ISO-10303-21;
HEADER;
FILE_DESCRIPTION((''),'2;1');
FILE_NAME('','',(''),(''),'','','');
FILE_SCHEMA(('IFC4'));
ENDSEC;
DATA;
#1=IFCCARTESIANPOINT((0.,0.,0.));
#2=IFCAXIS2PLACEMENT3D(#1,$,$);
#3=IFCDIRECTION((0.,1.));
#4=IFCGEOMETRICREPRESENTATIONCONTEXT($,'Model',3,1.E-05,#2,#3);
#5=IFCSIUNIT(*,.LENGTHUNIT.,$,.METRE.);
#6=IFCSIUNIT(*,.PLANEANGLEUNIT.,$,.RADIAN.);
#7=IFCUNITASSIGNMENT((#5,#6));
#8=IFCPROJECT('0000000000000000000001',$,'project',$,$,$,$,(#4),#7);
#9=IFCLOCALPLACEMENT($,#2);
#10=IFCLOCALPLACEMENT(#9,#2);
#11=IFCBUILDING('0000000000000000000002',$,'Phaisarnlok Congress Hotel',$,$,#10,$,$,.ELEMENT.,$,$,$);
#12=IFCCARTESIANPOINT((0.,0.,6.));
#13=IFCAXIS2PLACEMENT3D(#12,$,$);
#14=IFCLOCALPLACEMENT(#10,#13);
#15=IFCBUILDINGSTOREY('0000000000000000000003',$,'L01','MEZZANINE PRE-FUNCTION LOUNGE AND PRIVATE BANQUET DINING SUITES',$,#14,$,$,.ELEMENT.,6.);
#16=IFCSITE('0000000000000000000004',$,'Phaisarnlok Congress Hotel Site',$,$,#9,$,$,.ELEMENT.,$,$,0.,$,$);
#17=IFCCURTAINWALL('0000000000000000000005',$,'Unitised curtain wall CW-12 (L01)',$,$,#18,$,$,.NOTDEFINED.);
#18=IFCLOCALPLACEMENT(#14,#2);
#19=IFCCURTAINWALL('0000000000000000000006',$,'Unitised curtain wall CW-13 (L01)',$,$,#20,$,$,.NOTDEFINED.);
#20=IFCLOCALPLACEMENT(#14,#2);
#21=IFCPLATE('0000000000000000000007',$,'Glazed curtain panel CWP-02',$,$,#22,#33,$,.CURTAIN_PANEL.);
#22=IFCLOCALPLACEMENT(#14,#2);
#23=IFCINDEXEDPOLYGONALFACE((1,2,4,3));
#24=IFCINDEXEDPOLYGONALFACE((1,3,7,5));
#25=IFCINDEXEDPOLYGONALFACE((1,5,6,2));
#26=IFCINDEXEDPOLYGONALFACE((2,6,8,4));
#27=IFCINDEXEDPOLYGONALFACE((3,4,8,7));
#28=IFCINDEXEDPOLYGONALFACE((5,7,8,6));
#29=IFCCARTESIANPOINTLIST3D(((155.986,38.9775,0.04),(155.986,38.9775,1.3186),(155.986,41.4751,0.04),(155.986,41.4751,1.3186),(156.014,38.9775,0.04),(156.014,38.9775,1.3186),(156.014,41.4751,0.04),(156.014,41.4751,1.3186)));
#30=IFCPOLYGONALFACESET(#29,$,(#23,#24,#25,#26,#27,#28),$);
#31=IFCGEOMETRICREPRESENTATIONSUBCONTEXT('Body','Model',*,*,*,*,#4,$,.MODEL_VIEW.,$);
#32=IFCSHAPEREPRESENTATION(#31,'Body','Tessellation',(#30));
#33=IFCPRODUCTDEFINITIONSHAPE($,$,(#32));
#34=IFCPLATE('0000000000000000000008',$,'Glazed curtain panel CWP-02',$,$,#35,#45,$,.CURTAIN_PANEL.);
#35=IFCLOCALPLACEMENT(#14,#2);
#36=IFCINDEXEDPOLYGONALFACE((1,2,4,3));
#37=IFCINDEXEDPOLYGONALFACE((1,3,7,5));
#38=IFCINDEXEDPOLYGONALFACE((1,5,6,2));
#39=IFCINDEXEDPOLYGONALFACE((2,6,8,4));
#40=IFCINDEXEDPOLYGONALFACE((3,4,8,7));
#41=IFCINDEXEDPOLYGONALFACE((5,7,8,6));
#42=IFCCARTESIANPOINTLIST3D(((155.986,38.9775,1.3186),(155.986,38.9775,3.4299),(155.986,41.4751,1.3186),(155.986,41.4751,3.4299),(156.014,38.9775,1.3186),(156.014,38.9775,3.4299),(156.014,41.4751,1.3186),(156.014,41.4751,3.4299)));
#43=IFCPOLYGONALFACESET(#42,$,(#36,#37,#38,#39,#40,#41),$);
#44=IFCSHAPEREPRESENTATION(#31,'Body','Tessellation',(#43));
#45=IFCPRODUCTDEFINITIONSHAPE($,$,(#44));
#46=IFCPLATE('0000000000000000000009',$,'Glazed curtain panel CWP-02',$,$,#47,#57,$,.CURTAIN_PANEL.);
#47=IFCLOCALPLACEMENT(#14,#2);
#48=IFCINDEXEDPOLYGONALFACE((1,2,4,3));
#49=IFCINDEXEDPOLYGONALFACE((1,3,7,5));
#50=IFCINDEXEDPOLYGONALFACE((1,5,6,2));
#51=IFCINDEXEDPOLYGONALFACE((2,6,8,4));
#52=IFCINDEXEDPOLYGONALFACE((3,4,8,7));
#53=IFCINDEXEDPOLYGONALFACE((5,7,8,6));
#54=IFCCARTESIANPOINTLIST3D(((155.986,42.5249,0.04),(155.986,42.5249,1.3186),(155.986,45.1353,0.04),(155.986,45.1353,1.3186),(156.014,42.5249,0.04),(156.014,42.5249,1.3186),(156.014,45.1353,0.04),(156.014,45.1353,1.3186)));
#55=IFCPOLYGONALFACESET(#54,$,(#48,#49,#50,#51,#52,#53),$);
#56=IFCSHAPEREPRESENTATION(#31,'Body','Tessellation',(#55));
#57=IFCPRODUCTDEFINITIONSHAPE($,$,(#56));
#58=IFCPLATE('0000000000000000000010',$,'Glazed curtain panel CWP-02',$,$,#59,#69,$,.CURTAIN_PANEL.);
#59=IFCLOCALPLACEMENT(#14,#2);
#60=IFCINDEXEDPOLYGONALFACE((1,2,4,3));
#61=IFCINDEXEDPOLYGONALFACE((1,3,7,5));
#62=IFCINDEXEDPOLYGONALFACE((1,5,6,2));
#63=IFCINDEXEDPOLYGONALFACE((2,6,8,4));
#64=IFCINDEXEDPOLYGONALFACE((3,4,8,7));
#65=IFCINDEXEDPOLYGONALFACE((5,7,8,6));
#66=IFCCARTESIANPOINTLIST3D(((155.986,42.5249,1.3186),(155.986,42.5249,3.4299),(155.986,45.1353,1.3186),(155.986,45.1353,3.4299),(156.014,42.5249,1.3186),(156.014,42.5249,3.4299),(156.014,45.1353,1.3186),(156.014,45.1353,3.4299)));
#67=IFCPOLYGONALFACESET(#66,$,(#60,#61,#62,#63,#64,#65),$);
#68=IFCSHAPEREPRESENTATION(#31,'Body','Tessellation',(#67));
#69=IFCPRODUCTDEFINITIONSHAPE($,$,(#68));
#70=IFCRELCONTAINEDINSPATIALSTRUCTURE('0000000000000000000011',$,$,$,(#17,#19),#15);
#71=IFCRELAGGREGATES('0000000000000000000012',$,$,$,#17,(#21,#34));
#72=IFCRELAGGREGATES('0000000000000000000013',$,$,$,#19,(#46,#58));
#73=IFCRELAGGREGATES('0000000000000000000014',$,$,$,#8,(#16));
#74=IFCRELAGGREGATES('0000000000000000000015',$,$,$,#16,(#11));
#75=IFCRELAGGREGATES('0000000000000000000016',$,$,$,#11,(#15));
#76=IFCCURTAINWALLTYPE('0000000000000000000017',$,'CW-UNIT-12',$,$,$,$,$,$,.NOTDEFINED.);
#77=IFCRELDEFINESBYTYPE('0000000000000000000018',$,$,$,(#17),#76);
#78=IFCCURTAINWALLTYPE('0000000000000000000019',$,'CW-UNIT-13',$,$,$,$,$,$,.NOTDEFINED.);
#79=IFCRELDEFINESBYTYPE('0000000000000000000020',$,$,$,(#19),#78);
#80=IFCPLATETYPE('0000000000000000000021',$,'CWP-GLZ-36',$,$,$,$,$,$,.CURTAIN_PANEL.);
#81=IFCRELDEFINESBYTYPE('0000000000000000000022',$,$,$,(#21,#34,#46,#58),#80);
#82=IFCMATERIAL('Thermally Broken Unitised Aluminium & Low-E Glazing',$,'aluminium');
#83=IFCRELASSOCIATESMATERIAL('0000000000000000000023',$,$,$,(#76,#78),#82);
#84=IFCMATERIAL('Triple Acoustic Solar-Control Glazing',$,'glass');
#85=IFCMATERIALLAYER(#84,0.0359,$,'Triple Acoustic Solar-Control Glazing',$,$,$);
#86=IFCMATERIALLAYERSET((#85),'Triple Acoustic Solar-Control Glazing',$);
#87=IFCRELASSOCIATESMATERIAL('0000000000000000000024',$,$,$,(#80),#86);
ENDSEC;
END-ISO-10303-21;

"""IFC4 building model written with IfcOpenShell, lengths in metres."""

from ifc_helpers import new_model, si_unit, direction, frame, frame_2d, origin, place, context, subcontext, project, spatial, rectangle, extrude, material, layer, layer_set, type_object, element, aggregate, save


model = new_model("IFC4")

# Units and contexts
model_context = context("Model", 3, precision=1e-05, world=origin(), true_north=direction((0.0, 1.0)))
body_context = subcontext(model_context, "Body", "Model", "MODEL_VIEW")
ifc_project = project(units=[si_unit("LENGTHUNIT", "METRE"), si_unit("PLANEANGLEUNIT", "RADIAN")], contexts=[model_context])

# Site, building, storey
site_placement = place(None, origin())
site = spatial("IfcSite", under=ifc_project, at=site_placement, Name="Phaisarnlok Congress Hotel Site", CompositionType="ELEMENT", RefElevation=0.0)
building_placement = place(site_placement, origin())
building = spatial("IfcBuilding", under=site, at=building_placement, Name="Phaisarnlok Congress Hotel", CompositionType="ELEMENT")
storey_placement = place(building_placement, frame((0.0, 0.0, 6.0)))
storey = spatial("IfcBuildingStorey", under=building, at=storey_placement, Name="L01", Description="MEZZANINE PRE-FUNCTION LOUNGE AND PRIVATE BANQUET DINING SUITES", CompositionType="ELEMENT", Elevation=6.0)

# Curtain walls
ifc_material_1 = material(Name="Thermally Broken Unitised Aluminium & Low-E Glazing", Category="aluminium")
curtain_wall_type_1 = type_object("IfcCurtainWallType", Name="CW-UNIT-12", PredefinedType="NOTDEFINED", material=ifc_material_1)
curtain_wall_1_placement = place(storey_placement, origin())
curtain_wall_1 = element("IfcCurtainWall", 1, at=curtain_wall_1_placement, inside=storey, type_object=curtain_wall_type_1, Name="Unitised curtain wall CW-12 (L01)", PredefinedType="NOTDEFINED")
curtain_wall_type_2 = type_object("IfcCurtainWallType", Name="CW-UNIT-13", PredefinedType="NOTDEFINED", material=ifc_material_1)
curtain_wall_2_placement = place(storey_placement, origin())
curtain_wall_2 = element("IfcCurtainWall", 2, at=curtain_wall_2_placement, inside=storey, type_object=curtain_wall_type_2, Name="Unitised curtain wall CW-13 (L01)", PredefinedType="NOTDEFINED")

# Plates
ifc_material_2 = material(Name="Triple Acoustic Solar-Control Glazing", Category="glass")
ifc_layer = layer(ifc_material_2, 0.0359, Name="Triple Acoustic Solar-Control Glazing")
ifc_layer_set = layer_set([ifc_layer], Name="Triple Acoustic Solar-Control Glazing")
plate_type = type_object("IfcPlateType", Name="CWP-GLZ-36", PredefinedType="CURTAIN_PANEL", material=ifc_layer_set)
plate_1_placement = place(storey_placement, frame((156.0, 38.9775, 0.04), z_axis=(0.0, 0.0, 1.0), x_axis=(0.0, 1.0, 0.0)))
plate_1 = element("IfcPlate", 3, at=plate_1_placement, type_object=plate_type, Name="Glazed curtain panel CWP-02", PredefinedType="CURTAIN_PANEL", context=body_context, shape_type="SweptSolid", body=[
    extrude(rectangle(XDim=2.4976, YDim=0.0281, at=frame_2d((1.2488, 0.0))), origin(), (0.0, 0.0, 1.0), 1.2786),
])
plate_2_placement = place(storey_placement, frame((156.0, 38.9775, 1.3186), z_axis=(0.0, 0.0, 1.0), x_axis=(0.0, 1.0, 0.0)))
plate_2 = element("IfcPlate", 4, at=plate_2_placement, type_object=plate_type, Name="Glazed curtain panel CWP-02", PredefinedType="CURTAIN_PANEL", context=body_context, shape_type="SweptSolid", body=[
    extrude(rectangle(XDim=2.4976, YDim=0.0281, at=frame_2d((1.2488, 0.0))), origin(), (0.0, 0.0, 1.0), 2.1113),
])
aggregate(curtain_wall_1, [plate_1, plate_2])
plate_3_placement = place(storey_placement, frame((156.0, 42.5249, 0.04), z_axis=(0.0, 0.0, 1.0), x_axis=(0.0, 1.0, 0.0)))
plate_3 = element("IfcPlate", 5, at=plate_3_placement, type_object=plate_type, Name="Glazed curtain panel CWP-02", PredefinedType="CURTAIN_PANEL", context=body_context, shape_type="SweptSolid", body=[
    extrude(rectangle(XDim=2.6104, YDim=0.0281, at=frame_2d((1.3052, 0.0))), origin(), (0.0, 0.0, 1.0), 1.2786),
])
plate_4_placement = place(storey_placement, frame((156.0, 42.5249, 1.3186), z_axis=(0.0, 0.0, 1.0), x_axis=(0.0, 1.0, 0.0)))
plate_4 = element("IfcPlate", 6, at=plate_4_placement, type_object=plate_type, Name="Glazed curtain panel CWP-02", PredefinedType="CURTAIN_PANEL", context=body_context, shape_type="SweptSolid", body=[
    extrude(rectangle(XDim=2.6104, YDim=0.0281, at=frame_2d((1.3052, 0.0))), origin(), (0.0, 0.0, 1.0), 2.1113),
])
aggregate(curtain_wall_2, [plate_3, plate_4])

save(model, "model.ifc")
